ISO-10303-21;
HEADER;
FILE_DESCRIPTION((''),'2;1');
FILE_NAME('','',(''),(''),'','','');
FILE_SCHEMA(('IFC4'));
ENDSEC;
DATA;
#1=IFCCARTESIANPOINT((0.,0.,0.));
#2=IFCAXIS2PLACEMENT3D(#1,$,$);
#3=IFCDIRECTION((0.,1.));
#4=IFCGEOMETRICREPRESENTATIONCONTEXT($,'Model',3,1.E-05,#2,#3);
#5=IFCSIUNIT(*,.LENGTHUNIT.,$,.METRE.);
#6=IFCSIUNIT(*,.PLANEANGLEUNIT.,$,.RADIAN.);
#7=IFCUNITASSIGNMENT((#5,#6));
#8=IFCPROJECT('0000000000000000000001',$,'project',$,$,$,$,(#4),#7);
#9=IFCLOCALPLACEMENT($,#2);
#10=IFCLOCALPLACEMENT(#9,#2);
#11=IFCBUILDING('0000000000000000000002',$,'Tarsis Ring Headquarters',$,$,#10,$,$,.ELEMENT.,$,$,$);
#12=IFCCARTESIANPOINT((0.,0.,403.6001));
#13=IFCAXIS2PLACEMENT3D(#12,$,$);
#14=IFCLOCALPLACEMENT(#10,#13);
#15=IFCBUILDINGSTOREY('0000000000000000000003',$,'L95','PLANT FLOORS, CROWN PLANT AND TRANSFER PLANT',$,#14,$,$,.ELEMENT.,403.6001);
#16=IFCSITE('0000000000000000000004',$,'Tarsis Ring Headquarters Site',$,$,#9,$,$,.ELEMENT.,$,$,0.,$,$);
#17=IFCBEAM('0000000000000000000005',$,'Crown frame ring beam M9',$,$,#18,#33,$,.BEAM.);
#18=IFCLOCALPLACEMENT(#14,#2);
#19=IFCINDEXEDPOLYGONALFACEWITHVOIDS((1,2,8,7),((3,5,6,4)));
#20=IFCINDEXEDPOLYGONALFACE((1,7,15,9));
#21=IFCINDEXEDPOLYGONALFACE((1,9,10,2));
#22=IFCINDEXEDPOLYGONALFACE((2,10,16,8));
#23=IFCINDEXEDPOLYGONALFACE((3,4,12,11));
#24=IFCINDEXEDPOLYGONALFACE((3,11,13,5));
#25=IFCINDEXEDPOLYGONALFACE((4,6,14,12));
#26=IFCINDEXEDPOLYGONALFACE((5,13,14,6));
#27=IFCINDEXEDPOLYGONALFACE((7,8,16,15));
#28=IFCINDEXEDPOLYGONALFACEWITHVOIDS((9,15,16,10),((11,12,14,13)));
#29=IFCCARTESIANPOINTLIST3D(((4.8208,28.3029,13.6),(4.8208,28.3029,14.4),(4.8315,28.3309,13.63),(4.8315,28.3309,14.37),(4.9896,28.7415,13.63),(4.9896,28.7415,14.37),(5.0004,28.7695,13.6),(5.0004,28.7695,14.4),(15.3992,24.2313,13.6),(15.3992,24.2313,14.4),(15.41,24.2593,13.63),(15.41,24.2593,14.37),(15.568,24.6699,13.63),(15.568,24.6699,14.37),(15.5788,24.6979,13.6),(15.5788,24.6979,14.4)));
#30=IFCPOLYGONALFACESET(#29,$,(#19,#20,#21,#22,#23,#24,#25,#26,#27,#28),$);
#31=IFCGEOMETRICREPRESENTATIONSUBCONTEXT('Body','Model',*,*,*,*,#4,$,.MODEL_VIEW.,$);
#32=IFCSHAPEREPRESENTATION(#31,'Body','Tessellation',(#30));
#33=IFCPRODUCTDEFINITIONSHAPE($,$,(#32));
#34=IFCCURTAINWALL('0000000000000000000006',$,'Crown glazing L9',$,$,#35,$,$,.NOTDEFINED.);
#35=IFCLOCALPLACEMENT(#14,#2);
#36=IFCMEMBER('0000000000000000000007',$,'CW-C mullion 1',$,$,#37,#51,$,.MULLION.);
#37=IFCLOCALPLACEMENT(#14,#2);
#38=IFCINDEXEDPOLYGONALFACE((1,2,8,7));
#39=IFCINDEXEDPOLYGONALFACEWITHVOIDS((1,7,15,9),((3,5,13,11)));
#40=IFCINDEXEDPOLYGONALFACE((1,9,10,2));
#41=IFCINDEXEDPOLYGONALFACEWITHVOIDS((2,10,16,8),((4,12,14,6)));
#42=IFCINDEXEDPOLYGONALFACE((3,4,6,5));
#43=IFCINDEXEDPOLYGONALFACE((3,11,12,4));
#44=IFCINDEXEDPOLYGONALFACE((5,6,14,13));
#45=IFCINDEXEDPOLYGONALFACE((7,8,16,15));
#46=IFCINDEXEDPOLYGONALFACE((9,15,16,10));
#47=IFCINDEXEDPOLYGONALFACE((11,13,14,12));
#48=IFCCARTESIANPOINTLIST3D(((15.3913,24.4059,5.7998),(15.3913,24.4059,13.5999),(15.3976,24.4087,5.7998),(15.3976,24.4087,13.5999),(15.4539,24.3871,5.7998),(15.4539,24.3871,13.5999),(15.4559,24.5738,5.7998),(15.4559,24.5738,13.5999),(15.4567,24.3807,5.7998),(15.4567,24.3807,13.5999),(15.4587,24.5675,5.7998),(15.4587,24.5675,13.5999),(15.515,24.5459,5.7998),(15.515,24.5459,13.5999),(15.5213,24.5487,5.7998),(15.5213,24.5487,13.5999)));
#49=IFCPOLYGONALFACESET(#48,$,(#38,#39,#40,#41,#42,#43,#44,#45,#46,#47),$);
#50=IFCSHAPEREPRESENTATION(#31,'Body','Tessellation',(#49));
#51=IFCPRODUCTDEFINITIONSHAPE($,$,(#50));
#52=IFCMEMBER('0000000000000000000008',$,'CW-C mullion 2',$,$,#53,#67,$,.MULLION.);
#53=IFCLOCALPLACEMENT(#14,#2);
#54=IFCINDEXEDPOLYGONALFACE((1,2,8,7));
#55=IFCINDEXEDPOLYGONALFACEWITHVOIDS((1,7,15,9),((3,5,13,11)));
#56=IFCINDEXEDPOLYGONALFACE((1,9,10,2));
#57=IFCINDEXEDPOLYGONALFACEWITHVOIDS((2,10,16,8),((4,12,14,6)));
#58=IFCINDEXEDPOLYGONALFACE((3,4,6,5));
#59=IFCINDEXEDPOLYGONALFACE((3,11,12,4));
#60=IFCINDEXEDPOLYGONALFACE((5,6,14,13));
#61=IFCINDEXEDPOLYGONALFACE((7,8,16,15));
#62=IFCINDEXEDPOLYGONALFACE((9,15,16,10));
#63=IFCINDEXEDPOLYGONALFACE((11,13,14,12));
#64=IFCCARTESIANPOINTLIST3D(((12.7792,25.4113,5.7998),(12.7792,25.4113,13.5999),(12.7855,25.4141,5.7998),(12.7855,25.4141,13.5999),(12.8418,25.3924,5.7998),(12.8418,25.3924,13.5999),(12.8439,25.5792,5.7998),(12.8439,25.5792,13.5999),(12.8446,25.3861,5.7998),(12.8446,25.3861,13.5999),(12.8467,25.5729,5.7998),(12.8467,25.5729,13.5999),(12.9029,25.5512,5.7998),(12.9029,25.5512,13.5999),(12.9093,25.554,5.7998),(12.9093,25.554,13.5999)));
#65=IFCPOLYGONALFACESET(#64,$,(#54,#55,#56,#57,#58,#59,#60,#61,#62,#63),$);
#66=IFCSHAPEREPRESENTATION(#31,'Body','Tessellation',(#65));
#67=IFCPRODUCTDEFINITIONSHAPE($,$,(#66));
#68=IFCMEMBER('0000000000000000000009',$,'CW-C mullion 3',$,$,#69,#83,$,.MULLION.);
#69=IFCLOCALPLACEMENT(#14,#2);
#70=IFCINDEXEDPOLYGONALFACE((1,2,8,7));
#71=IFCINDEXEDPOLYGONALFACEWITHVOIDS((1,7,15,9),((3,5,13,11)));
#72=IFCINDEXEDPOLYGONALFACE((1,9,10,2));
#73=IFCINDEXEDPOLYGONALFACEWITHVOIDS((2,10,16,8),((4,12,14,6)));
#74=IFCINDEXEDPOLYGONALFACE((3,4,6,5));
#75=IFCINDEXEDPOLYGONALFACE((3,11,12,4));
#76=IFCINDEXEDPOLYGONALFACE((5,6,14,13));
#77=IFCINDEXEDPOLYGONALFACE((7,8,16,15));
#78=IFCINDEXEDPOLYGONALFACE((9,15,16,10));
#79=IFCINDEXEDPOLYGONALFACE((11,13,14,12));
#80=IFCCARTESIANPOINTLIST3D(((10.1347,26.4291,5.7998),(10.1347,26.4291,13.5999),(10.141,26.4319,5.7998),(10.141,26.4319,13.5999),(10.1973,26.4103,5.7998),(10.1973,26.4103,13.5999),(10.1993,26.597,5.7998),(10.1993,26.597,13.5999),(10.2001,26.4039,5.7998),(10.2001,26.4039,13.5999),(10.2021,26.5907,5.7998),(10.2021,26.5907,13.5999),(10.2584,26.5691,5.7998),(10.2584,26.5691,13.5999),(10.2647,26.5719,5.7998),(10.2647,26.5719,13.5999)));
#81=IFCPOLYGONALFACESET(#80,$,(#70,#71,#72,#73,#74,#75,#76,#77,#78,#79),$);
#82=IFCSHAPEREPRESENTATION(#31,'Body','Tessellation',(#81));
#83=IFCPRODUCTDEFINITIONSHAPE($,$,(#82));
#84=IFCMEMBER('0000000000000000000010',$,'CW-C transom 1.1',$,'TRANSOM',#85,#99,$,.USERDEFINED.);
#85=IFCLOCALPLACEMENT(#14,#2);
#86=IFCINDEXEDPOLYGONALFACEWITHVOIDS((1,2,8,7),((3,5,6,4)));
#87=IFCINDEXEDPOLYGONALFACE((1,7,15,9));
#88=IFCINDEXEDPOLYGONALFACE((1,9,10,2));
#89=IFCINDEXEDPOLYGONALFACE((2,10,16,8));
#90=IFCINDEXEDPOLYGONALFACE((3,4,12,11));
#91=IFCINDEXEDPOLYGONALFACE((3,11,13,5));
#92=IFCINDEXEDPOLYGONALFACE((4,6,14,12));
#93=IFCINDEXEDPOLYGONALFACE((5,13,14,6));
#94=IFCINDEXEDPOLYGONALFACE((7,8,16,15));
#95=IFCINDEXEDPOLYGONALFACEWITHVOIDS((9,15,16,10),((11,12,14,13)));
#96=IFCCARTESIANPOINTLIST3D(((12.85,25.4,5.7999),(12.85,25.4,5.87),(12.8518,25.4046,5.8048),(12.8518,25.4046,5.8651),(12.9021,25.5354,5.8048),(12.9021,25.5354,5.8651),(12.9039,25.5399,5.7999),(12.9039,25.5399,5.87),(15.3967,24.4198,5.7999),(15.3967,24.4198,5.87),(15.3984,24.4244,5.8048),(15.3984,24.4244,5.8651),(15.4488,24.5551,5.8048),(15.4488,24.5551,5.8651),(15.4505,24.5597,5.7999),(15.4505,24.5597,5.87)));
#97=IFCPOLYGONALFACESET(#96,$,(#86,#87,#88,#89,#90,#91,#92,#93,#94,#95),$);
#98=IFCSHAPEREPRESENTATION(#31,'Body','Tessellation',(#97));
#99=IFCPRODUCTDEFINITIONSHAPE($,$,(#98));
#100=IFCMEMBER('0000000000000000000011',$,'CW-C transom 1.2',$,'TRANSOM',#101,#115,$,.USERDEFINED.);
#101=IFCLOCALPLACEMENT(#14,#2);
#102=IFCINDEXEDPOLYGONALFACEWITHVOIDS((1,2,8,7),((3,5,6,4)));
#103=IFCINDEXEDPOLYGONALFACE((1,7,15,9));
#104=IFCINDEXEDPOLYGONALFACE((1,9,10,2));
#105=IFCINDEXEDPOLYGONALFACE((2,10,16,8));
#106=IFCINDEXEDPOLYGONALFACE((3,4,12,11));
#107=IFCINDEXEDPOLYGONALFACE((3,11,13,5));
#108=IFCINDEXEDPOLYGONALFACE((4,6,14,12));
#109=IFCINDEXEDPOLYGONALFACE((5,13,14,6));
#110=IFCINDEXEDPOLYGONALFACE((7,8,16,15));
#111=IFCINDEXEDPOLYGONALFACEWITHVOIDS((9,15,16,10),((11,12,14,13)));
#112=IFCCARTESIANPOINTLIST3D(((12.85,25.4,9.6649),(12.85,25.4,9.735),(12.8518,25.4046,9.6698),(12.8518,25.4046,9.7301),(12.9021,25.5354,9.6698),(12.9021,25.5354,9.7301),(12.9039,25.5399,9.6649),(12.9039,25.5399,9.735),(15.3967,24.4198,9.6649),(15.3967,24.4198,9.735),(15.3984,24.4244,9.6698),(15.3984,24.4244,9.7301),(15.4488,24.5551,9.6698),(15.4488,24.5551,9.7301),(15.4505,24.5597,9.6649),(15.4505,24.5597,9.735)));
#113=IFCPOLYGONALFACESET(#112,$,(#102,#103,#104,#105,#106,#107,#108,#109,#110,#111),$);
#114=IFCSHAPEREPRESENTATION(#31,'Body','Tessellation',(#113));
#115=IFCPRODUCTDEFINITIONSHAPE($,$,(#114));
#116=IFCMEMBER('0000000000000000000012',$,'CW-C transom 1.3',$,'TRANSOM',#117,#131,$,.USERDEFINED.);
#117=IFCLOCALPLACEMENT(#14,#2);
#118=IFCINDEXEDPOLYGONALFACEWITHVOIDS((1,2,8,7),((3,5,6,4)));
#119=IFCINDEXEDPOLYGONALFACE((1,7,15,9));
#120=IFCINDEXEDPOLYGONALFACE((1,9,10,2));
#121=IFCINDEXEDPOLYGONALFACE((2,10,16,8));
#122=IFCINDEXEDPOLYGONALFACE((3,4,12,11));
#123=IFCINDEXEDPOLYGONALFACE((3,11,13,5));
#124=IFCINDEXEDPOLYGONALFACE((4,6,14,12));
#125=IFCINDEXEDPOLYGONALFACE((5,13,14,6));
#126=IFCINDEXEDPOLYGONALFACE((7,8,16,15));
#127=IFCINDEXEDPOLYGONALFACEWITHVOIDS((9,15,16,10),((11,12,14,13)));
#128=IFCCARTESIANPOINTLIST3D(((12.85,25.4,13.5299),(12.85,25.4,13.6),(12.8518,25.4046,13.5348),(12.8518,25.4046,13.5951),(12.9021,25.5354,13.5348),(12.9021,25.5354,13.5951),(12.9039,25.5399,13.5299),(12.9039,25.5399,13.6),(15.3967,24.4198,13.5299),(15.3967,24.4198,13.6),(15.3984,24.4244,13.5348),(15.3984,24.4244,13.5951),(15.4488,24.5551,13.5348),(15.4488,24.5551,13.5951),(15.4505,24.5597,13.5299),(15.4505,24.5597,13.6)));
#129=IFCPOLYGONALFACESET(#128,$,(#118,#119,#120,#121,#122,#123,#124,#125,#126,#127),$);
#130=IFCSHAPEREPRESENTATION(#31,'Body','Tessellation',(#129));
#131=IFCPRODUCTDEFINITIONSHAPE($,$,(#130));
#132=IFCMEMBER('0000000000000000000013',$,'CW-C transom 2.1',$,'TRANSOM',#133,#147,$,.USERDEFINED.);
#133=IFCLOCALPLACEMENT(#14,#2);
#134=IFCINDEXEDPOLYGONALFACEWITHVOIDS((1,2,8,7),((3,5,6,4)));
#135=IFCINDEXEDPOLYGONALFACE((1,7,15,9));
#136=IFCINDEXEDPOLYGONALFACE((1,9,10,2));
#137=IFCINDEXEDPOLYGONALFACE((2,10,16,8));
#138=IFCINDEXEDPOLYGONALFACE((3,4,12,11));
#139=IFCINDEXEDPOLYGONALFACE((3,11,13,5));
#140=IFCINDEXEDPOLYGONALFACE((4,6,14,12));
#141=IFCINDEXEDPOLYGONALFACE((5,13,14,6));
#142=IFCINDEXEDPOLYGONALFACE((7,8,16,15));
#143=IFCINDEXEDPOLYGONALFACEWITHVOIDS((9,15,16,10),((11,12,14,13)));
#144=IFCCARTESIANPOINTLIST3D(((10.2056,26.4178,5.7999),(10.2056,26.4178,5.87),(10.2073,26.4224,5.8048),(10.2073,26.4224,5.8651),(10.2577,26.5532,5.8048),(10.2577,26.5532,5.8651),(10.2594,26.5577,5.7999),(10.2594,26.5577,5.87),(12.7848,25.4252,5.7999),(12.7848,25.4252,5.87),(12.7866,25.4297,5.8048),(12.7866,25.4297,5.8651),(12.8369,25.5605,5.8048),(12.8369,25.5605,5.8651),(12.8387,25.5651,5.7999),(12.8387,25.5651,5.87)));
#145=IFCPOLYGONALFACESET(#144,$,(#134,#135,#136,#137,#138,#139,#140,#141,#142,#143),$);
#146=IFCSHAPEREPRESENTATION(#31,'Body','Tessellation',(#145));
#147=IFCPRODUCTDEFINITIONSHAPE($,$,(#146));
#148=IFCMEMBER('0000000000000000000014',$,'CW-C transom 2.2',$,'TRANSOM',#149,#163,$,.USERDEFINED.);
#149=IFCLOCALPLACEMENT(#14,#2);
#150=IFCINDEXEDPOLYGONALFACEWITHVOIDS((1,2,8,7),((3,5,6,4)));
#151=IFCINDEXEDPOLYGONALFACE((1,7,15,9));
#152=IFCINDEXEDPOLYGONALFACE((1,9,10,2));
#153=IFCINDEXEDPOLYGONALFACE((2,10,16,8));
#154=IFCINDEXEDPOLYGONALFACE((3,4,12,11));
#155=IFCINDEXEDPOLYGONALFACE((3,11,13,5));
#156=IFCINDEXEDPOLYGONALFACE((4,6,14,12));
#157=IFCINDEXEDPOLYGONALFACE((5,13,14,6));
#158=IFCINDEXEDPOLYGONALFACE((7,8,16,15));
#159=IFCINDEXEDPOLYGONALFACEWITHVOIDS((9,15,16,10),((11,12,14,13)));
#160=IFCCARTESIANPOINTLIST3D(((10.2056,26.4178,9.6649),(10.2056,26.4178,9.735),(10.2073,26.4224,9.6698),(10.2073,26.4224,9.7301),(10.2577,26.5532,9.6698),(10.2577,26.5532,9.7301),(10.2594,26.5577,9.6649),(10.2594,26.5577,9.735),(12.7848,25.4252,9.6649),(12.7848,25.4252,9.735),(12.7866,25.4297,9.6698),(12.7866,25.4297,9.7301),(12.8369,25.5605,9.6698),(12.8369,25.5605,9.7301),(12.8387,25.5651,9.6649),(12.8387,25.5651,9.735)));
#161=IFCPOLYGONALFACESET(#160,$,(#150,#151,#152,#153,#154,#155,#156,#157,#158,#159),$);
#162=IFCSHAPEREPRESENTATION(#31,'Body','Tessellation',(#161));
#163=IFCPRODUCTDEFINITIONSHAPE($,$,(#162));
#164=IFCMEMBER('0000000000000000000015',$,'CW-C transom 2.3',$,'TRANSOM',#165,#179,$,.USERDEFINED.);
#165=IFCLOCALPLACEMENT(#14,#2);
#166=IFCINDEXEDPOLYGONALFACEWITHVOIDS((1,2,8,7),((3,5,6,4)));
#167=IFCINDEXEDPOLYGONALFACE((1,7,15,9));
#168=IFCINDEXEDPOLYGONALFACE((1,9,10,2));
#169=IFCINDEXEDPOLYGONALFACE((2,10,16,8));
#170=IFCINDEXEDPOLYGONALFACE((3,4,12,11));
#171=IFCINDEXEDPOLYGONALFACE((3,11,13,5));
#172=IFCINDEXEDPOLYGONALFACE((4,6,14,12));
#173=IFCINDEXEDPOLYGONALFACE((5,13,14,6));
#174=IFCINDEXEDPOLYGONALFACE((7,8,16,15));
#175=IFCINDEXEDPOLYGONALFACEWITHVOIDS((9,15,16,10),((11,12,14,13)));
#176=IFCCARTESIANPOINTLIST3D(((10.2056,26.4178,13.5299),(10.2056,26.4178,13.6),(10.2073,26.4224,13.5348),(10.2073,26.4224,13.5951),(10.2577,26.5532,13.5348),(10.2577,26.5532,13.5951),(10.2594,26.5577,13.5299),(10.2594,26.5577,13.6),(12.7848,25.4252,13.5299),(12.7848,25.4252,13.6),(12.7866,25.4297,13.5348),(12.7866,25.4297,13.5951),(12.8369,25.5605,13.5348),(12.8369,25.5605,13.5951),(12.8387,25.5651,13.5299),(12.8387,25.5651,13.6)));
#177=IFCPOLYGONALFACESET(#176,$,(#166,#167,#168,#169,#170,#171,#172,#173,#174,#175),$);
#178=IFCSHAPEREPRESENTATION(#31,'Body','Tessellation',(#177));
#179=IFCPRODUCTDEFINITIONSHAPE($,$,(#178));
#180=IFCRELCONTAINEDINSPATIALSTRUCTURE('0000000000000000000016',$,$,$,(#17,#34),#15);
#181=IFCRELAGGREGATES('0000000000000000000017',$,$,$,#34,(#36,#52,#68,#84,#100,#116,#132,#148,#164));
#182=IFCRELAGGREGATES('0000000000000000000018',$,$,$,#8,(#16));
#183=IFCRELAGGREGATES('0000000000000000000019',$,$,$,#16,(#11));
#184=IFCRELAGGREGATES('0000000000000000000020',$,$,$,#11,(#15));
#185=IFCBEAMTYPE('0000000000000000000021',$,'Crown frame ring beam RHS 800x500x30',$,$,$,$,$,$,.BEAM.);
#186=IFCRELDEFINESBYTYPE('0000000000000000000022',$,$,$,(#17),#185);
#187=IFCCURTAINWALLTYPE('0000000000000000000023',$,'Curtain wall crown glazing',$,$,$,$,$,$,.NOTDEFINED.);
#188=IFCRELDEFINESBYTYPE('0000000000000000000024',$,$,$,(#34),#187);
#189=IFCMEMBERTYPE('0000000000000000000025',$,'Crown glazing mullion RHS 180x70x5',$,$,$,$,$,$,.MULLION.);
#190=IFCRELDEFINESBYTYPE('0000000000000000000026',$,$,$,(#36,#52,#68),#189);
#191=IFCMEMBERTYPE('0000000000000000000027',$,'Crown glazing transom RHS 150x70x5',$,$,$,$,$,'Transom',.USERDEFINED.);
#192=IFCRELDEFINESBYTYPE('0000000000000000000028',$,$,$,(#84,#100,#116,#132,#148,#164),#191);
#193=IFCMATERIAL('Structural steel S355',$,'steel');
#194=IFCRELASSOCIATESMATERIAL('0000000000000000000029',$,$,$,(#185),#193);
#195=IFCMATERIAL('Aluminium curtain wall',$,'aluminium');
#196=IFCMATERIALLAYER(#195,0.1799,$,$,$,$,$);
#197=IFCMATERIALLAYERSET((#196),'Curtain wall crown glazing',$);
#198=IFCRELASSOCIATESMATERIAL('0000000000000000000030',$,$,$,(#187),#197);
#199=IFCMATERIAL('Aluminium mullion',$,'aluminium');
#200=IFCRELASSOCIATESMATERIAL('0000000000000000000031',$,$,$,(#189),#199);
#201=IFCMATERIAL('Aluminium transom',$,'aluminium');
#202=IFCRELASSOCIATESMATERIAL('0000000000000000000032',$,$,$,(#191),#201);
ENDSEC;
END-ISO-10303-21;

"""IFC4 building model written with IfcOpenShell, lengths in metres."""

from ifc_helpers import new_model, si_unit, direction, frame, origin, origin_2d, place, context, subcontext, project, spatial, hollow_rectangle, extrude, material, layer, layer_set, material_profile, profile_set, type_object, element, aggregate, save


model = new_model("IFC4")

# Units and contexts
model_context = context("Model", 3, precision=1e-05, world=origin(), true_north=direction((0.0, 1.0)))
body_context = subcontext(model_context, "Body", "Model", "MODEL_VIEW")
ifc_project = project(units=[si_unit("LENGTHUNIT", "METRE"), si_unit("PLANEANGLEUNIT", "RADIAN")], contexts=[model_context])

# Site, building, storey
site_placement = place(None, origin())
site = spatial("IfcSite", under=ifc_project, at=site_placement, Name="Tarsis Ring Headquarters Site", CompositionType="ELEMENT", RefElevation=0.0)
building_placement = place(site_placement, origin())
building = spatial("IfcBuilding", under=site, at=building_placement, Name="Tarsis Ring Headquarters", CompositionType="ELEMENT")
storey_placement = place(building_placement, frame((0.0, 0.0, 403.6001)))
storey = spatial("IfcBuildingStorey", under=building, at=storey_placement, Name="L95", Description="PLANT FLOORS, CROWN PLANT AND TRANSFER PLANT", CompositionType="ELEMENT", Elevation=403.6001)

# Shared definitions
ifc_material_1 = material(Name="Structural steel S355", Category="steel")

# Beam
ifc_material_profile_1 = material_profile(ifc_material_1, hollow_rectangle(XDim=0.5, YDim=0.8, WallThickness=0.03, at=origin_2d()), Name="RHS 800x500x30")
ifc_profile_set_1 = profile_set([ifc_material_profile_1], Name="Structural steel S355")
beam_type_1 = type_object("IfcBeamType", Name="Crown frame ring beam RHS 800x500x30", PredefinedType="BEAM", material=ifc_profile_set_1)
for number, where, z_axis, x_axis, name in (
    (1, (15.489, 24.4646, 14.0), (-0.933259, 0.359204, 0.0), (-0.359204, -0.933259, 0.0), "Crown frame ring beam M9"),
):
    element("IfcBeam", number, at=place(storey_placement, frame(where, z_axis=z_axis, x_axis=x_axis)), inside=storey, type_object=beam_type_1, Name=name, PredefinedType="BEAM", context=body_context, shape_type="SweptSolid", body=[
        extrude(hollow_rectangle(XDim=0.5, YDim=0.8, WallThickness=0.03, at=origin_2d()), origin(), (0.0, 0.0, 1.0), 11.335),
    ])

# Curtain wall, members
ifc_material_2 = material(Name="Aluminium curtain wall", Category="aluminium")
ifc_layer_1 = layer(ifc_material_2, 0.1799)
ifc_layer_set_1 = layer_set([ifc_layer_1], Name="Curtain wall crown glazing")
curtain_wall_type = type_object("IfcCurtainWallType", Name="Curtain wall crown glazing", PredefinedType="NOTDEFINED", material=ifc_layer_set_1)
curtain_wall_placement = place(storey_placement, origin())
curtain_wall = element("IfcCurtainWall", 2, at=curtain_wall_placement, inside=storey, type_object=curtain_wall_type, Name="Crown glazing L9", PredefinedType="NOTDEFINED")
ifc_material_3 = material(Name="Aluminium mullion", Category="aluminium")
ifc_material_profile_2 = material_profile(ifc_material_3, hollow_rectangle(XDim=0.1799, YDim=0.0701, WallThickness=0.0049, at=origin_2d()), Name="RHS 180x70x5")
ifc_profile_set_2 = profile_set([ifc_material_profile_2], Name="Aluminium mullion")
member_type_1 = type_object("IfcMemberType", Name="Crown glazing mullion RHS 180x70x5", PredefinedType="MULLION", material=ifc_profile_set_2)
member_1_placement = place(storey_placement, frame((15.4563, 24.4773, 5.7998), z_axis=(0.0, 0.0, 1.0), x_axis=(-0.359203, -0.93326, 0.0)))
member_1 = element("IfcMember", 3, at=member_1_placement, type_object=member_type_1, Name="CW-C mullion 1", PredefinedType="MULLION", context=body_context, shape_type="SweptSolid", body=[
    extrude(hollow_rectangle(XDim=0.1799, YDim=0.0701, WallThickness=0.0049, at=origin_2d()), origin(), (0.0, 0.0, 1.0), 7.8),
])
member_2_placement = place(storey_placement, frame((12.8442, 25.4827, 5.7998), z_axis=(0.0, 0.0, 1.0), x_axis=(-0.359203, -0.93326, 0.0)))
member_2 = element("IfcMember", 4, at=member_2_placement, type_object=member_type_1, Name="CW-C mullion 2", PredefinedType="MULLION", context=body_context, shape_type="SweptSolid", body=[
    extrude(hollow_rectangle(XDim=0.1799, YDim=0.0701, WallThickness=0.0049, at=origin_2d()), origin(), (0.0, 0.0, 1.0), 7.8),
])
member_3_placement = place(storey_placement, frame((10.1997, 26.5005, 5.7998), z_axis=(0.0, 0.0, 1.0), x_axis=(-0.359203, -0.93326, 0.0)))
member_3 = element("IfcMember", 5, at=member_3_placement, type_object=member_type_1, Name="CW-C mullion 3", PredefinedType="MULLION", context=body_context, shape_type="SweptSolid", body=[
    extrude(hollow_rectangle(XDim=0.1799, YDim=0.0701, WallThickness=0.0049, at=origin_2d()), origin(), (0.0, 0.0, 1.0), 7.8),
])
ifc_material_4 = material(Name="Aluminium transom", Category="aluminium")
ifc_material_profile_3 = material_profile(ifc_material_4, hollow_rectangle(XDim=0.1499, YDim=0.0701, WallThickness=0.0049, at=origin_2d()), Name="RHS 150x70x5")
ifc_profile_set_3 = profile_set([ifc_material_profile_3], Name="Aluminium transom")
member_type_2 = type_object("IfcMemberType", Name="Crown glazing transom RHS 150x70x5", ElementType="Transom", PredefinedType="USERDEFINED", material=ifc_profile_set_3)
member_4_placement = place(storey_placement, frame((15.4236, 24.4897, 5.835), z_axis=(-0.933253, 0.359219, 0.0), x_axis=(-0.359219, -0.933253, 0.0)))
member_4 = element("IfcMember", 6, at=member_4_placement, type_object=member_type_2, Name="CW-C transom 1.1", ObjectType="TRANSOM", PredefinedType="USERDEFINED", context=body_context, shape_type="SweptSolid", body=[
    extrude(hollow_rectangle(XDim=0.1499, YDim=0.0701, WallThickness=0.0049, at=origin_2d()), origin(), (0.0, 0.0, 1.0), 2.7288),
])
member_5_placement = place(storey_placement, frame((15.4236, 24.4897, 9.7), z_axis=(-0.933253, 0.359219, 0.0), x_axis=(-0.359219, -0.933253, 0.0)))
member_5 = element("IfcMember", 7, at=member_5_placement, type_object=member_type_2, Name="CW-C transom 1.2", ObjectType="TRANSOM", PredefinedType="USERDEFINED", context=body_context, shape_type="SweptSolid", body=[
    extrude(hollow_rectangle(XDim=0.1499, YDim=0.0701, WallThickness=0.0049, at=origin_2d()), origin(), (0.0, 0.0, 1.0), 2.7288),
])
member_6_placement = place(storey_placement, frame((15.4236, 24.4897, 13.5649), z_axis=(-0.933253, 0.359219, 0.0), x_axis=(-0.359219, -0.933253, 0.0)))
member_6 = element("IfcMember", 8, at=member_6_placement, type_object=member_type_2, Name="CW-C transom 1.3", ObjectType="TRANSOM", PredefinedType="USERDEFINED", context=body_context, shape_type="SweptSolid", body=[
    extrude(hollow_rectangle(XDim=0.1499, YDim=0.0701, WallThickness=0.0049, at=origin_2d()), origin(), (0.0, 0.0, 1.0), 2.7288),
])
member_7_placement = place(storey_placement, frame((12.8118, 25.4951, 5.835), z_axis=(-0.93327, 0.359174, 0.0), x_axis=(-0.359174, -0.93327, 0.0)))
member_7 = element("IfcMember", 9, at=member_7_placement, type_object=member_type_2, Name="CW-C transom 2.1", ObjectType="TRANSOM", PredefinedType="USERDEFINED", context=body_context, shape_type="SweptSolid", body=[
    extrude(hollow_rectangle(XDim=0.1499, YDim=0.0701, WallThickness=0.0049, at=origin_2d()), origin(), (0.0, 0.0, 1.0), 2.7637),
])
member_8_placement = place(storey_placement, frame((12.8118, 25.4951, 9.7), z_axis=(-0.93327, 0.359174, 0.0), x_axis=(-0.359174, -0.93327, 0.0)))
member_8 = element("IfcMember", 10, at=member_8_placement, type_object=member_type_2, Name="CW-C transom 2.2", ObjectType="TRANSOM", PredefinedType="USERDEFINED", context=body_context, shape_type="SweptSolid", body=[
    extrude(hollow_rectangle(XDim=0.1499, YDim=0.0701, WallThickness=0.0049, at=origin_2d()), origin(), (0.0, 0.0, 1.0), 2.7637),
])
member_9_placement = place(storey_placement, frame((12.8118, 25.4951, 13.5649), z_axis=(-0.93327, 0.359174, 0.0), x_axis=(-0.359174, -0.93327, 0.0)))
member_9 = element("IfcMember", 11, at=member_9_placement, type_object=member_type_2, Name="CW-C transom 2.3", ObjectType="TRANSOM", PredefinedType="USERDEFINED", context=body_context, shape_type="SweptSolid", body=[
    extrude(hollow_rectangle(XDim=0.1499, YDim=0.0701, WallThickness=0.0049, at=origin_2d()), origin(), (0.0, 0.0, 1.0), 2.7637),
])

aggregate(curtain_wall, [member_1, member_2, member_3, member_4, member_5, member_6, member_7, member_8, member_9])

save(model, "model.ifc")
